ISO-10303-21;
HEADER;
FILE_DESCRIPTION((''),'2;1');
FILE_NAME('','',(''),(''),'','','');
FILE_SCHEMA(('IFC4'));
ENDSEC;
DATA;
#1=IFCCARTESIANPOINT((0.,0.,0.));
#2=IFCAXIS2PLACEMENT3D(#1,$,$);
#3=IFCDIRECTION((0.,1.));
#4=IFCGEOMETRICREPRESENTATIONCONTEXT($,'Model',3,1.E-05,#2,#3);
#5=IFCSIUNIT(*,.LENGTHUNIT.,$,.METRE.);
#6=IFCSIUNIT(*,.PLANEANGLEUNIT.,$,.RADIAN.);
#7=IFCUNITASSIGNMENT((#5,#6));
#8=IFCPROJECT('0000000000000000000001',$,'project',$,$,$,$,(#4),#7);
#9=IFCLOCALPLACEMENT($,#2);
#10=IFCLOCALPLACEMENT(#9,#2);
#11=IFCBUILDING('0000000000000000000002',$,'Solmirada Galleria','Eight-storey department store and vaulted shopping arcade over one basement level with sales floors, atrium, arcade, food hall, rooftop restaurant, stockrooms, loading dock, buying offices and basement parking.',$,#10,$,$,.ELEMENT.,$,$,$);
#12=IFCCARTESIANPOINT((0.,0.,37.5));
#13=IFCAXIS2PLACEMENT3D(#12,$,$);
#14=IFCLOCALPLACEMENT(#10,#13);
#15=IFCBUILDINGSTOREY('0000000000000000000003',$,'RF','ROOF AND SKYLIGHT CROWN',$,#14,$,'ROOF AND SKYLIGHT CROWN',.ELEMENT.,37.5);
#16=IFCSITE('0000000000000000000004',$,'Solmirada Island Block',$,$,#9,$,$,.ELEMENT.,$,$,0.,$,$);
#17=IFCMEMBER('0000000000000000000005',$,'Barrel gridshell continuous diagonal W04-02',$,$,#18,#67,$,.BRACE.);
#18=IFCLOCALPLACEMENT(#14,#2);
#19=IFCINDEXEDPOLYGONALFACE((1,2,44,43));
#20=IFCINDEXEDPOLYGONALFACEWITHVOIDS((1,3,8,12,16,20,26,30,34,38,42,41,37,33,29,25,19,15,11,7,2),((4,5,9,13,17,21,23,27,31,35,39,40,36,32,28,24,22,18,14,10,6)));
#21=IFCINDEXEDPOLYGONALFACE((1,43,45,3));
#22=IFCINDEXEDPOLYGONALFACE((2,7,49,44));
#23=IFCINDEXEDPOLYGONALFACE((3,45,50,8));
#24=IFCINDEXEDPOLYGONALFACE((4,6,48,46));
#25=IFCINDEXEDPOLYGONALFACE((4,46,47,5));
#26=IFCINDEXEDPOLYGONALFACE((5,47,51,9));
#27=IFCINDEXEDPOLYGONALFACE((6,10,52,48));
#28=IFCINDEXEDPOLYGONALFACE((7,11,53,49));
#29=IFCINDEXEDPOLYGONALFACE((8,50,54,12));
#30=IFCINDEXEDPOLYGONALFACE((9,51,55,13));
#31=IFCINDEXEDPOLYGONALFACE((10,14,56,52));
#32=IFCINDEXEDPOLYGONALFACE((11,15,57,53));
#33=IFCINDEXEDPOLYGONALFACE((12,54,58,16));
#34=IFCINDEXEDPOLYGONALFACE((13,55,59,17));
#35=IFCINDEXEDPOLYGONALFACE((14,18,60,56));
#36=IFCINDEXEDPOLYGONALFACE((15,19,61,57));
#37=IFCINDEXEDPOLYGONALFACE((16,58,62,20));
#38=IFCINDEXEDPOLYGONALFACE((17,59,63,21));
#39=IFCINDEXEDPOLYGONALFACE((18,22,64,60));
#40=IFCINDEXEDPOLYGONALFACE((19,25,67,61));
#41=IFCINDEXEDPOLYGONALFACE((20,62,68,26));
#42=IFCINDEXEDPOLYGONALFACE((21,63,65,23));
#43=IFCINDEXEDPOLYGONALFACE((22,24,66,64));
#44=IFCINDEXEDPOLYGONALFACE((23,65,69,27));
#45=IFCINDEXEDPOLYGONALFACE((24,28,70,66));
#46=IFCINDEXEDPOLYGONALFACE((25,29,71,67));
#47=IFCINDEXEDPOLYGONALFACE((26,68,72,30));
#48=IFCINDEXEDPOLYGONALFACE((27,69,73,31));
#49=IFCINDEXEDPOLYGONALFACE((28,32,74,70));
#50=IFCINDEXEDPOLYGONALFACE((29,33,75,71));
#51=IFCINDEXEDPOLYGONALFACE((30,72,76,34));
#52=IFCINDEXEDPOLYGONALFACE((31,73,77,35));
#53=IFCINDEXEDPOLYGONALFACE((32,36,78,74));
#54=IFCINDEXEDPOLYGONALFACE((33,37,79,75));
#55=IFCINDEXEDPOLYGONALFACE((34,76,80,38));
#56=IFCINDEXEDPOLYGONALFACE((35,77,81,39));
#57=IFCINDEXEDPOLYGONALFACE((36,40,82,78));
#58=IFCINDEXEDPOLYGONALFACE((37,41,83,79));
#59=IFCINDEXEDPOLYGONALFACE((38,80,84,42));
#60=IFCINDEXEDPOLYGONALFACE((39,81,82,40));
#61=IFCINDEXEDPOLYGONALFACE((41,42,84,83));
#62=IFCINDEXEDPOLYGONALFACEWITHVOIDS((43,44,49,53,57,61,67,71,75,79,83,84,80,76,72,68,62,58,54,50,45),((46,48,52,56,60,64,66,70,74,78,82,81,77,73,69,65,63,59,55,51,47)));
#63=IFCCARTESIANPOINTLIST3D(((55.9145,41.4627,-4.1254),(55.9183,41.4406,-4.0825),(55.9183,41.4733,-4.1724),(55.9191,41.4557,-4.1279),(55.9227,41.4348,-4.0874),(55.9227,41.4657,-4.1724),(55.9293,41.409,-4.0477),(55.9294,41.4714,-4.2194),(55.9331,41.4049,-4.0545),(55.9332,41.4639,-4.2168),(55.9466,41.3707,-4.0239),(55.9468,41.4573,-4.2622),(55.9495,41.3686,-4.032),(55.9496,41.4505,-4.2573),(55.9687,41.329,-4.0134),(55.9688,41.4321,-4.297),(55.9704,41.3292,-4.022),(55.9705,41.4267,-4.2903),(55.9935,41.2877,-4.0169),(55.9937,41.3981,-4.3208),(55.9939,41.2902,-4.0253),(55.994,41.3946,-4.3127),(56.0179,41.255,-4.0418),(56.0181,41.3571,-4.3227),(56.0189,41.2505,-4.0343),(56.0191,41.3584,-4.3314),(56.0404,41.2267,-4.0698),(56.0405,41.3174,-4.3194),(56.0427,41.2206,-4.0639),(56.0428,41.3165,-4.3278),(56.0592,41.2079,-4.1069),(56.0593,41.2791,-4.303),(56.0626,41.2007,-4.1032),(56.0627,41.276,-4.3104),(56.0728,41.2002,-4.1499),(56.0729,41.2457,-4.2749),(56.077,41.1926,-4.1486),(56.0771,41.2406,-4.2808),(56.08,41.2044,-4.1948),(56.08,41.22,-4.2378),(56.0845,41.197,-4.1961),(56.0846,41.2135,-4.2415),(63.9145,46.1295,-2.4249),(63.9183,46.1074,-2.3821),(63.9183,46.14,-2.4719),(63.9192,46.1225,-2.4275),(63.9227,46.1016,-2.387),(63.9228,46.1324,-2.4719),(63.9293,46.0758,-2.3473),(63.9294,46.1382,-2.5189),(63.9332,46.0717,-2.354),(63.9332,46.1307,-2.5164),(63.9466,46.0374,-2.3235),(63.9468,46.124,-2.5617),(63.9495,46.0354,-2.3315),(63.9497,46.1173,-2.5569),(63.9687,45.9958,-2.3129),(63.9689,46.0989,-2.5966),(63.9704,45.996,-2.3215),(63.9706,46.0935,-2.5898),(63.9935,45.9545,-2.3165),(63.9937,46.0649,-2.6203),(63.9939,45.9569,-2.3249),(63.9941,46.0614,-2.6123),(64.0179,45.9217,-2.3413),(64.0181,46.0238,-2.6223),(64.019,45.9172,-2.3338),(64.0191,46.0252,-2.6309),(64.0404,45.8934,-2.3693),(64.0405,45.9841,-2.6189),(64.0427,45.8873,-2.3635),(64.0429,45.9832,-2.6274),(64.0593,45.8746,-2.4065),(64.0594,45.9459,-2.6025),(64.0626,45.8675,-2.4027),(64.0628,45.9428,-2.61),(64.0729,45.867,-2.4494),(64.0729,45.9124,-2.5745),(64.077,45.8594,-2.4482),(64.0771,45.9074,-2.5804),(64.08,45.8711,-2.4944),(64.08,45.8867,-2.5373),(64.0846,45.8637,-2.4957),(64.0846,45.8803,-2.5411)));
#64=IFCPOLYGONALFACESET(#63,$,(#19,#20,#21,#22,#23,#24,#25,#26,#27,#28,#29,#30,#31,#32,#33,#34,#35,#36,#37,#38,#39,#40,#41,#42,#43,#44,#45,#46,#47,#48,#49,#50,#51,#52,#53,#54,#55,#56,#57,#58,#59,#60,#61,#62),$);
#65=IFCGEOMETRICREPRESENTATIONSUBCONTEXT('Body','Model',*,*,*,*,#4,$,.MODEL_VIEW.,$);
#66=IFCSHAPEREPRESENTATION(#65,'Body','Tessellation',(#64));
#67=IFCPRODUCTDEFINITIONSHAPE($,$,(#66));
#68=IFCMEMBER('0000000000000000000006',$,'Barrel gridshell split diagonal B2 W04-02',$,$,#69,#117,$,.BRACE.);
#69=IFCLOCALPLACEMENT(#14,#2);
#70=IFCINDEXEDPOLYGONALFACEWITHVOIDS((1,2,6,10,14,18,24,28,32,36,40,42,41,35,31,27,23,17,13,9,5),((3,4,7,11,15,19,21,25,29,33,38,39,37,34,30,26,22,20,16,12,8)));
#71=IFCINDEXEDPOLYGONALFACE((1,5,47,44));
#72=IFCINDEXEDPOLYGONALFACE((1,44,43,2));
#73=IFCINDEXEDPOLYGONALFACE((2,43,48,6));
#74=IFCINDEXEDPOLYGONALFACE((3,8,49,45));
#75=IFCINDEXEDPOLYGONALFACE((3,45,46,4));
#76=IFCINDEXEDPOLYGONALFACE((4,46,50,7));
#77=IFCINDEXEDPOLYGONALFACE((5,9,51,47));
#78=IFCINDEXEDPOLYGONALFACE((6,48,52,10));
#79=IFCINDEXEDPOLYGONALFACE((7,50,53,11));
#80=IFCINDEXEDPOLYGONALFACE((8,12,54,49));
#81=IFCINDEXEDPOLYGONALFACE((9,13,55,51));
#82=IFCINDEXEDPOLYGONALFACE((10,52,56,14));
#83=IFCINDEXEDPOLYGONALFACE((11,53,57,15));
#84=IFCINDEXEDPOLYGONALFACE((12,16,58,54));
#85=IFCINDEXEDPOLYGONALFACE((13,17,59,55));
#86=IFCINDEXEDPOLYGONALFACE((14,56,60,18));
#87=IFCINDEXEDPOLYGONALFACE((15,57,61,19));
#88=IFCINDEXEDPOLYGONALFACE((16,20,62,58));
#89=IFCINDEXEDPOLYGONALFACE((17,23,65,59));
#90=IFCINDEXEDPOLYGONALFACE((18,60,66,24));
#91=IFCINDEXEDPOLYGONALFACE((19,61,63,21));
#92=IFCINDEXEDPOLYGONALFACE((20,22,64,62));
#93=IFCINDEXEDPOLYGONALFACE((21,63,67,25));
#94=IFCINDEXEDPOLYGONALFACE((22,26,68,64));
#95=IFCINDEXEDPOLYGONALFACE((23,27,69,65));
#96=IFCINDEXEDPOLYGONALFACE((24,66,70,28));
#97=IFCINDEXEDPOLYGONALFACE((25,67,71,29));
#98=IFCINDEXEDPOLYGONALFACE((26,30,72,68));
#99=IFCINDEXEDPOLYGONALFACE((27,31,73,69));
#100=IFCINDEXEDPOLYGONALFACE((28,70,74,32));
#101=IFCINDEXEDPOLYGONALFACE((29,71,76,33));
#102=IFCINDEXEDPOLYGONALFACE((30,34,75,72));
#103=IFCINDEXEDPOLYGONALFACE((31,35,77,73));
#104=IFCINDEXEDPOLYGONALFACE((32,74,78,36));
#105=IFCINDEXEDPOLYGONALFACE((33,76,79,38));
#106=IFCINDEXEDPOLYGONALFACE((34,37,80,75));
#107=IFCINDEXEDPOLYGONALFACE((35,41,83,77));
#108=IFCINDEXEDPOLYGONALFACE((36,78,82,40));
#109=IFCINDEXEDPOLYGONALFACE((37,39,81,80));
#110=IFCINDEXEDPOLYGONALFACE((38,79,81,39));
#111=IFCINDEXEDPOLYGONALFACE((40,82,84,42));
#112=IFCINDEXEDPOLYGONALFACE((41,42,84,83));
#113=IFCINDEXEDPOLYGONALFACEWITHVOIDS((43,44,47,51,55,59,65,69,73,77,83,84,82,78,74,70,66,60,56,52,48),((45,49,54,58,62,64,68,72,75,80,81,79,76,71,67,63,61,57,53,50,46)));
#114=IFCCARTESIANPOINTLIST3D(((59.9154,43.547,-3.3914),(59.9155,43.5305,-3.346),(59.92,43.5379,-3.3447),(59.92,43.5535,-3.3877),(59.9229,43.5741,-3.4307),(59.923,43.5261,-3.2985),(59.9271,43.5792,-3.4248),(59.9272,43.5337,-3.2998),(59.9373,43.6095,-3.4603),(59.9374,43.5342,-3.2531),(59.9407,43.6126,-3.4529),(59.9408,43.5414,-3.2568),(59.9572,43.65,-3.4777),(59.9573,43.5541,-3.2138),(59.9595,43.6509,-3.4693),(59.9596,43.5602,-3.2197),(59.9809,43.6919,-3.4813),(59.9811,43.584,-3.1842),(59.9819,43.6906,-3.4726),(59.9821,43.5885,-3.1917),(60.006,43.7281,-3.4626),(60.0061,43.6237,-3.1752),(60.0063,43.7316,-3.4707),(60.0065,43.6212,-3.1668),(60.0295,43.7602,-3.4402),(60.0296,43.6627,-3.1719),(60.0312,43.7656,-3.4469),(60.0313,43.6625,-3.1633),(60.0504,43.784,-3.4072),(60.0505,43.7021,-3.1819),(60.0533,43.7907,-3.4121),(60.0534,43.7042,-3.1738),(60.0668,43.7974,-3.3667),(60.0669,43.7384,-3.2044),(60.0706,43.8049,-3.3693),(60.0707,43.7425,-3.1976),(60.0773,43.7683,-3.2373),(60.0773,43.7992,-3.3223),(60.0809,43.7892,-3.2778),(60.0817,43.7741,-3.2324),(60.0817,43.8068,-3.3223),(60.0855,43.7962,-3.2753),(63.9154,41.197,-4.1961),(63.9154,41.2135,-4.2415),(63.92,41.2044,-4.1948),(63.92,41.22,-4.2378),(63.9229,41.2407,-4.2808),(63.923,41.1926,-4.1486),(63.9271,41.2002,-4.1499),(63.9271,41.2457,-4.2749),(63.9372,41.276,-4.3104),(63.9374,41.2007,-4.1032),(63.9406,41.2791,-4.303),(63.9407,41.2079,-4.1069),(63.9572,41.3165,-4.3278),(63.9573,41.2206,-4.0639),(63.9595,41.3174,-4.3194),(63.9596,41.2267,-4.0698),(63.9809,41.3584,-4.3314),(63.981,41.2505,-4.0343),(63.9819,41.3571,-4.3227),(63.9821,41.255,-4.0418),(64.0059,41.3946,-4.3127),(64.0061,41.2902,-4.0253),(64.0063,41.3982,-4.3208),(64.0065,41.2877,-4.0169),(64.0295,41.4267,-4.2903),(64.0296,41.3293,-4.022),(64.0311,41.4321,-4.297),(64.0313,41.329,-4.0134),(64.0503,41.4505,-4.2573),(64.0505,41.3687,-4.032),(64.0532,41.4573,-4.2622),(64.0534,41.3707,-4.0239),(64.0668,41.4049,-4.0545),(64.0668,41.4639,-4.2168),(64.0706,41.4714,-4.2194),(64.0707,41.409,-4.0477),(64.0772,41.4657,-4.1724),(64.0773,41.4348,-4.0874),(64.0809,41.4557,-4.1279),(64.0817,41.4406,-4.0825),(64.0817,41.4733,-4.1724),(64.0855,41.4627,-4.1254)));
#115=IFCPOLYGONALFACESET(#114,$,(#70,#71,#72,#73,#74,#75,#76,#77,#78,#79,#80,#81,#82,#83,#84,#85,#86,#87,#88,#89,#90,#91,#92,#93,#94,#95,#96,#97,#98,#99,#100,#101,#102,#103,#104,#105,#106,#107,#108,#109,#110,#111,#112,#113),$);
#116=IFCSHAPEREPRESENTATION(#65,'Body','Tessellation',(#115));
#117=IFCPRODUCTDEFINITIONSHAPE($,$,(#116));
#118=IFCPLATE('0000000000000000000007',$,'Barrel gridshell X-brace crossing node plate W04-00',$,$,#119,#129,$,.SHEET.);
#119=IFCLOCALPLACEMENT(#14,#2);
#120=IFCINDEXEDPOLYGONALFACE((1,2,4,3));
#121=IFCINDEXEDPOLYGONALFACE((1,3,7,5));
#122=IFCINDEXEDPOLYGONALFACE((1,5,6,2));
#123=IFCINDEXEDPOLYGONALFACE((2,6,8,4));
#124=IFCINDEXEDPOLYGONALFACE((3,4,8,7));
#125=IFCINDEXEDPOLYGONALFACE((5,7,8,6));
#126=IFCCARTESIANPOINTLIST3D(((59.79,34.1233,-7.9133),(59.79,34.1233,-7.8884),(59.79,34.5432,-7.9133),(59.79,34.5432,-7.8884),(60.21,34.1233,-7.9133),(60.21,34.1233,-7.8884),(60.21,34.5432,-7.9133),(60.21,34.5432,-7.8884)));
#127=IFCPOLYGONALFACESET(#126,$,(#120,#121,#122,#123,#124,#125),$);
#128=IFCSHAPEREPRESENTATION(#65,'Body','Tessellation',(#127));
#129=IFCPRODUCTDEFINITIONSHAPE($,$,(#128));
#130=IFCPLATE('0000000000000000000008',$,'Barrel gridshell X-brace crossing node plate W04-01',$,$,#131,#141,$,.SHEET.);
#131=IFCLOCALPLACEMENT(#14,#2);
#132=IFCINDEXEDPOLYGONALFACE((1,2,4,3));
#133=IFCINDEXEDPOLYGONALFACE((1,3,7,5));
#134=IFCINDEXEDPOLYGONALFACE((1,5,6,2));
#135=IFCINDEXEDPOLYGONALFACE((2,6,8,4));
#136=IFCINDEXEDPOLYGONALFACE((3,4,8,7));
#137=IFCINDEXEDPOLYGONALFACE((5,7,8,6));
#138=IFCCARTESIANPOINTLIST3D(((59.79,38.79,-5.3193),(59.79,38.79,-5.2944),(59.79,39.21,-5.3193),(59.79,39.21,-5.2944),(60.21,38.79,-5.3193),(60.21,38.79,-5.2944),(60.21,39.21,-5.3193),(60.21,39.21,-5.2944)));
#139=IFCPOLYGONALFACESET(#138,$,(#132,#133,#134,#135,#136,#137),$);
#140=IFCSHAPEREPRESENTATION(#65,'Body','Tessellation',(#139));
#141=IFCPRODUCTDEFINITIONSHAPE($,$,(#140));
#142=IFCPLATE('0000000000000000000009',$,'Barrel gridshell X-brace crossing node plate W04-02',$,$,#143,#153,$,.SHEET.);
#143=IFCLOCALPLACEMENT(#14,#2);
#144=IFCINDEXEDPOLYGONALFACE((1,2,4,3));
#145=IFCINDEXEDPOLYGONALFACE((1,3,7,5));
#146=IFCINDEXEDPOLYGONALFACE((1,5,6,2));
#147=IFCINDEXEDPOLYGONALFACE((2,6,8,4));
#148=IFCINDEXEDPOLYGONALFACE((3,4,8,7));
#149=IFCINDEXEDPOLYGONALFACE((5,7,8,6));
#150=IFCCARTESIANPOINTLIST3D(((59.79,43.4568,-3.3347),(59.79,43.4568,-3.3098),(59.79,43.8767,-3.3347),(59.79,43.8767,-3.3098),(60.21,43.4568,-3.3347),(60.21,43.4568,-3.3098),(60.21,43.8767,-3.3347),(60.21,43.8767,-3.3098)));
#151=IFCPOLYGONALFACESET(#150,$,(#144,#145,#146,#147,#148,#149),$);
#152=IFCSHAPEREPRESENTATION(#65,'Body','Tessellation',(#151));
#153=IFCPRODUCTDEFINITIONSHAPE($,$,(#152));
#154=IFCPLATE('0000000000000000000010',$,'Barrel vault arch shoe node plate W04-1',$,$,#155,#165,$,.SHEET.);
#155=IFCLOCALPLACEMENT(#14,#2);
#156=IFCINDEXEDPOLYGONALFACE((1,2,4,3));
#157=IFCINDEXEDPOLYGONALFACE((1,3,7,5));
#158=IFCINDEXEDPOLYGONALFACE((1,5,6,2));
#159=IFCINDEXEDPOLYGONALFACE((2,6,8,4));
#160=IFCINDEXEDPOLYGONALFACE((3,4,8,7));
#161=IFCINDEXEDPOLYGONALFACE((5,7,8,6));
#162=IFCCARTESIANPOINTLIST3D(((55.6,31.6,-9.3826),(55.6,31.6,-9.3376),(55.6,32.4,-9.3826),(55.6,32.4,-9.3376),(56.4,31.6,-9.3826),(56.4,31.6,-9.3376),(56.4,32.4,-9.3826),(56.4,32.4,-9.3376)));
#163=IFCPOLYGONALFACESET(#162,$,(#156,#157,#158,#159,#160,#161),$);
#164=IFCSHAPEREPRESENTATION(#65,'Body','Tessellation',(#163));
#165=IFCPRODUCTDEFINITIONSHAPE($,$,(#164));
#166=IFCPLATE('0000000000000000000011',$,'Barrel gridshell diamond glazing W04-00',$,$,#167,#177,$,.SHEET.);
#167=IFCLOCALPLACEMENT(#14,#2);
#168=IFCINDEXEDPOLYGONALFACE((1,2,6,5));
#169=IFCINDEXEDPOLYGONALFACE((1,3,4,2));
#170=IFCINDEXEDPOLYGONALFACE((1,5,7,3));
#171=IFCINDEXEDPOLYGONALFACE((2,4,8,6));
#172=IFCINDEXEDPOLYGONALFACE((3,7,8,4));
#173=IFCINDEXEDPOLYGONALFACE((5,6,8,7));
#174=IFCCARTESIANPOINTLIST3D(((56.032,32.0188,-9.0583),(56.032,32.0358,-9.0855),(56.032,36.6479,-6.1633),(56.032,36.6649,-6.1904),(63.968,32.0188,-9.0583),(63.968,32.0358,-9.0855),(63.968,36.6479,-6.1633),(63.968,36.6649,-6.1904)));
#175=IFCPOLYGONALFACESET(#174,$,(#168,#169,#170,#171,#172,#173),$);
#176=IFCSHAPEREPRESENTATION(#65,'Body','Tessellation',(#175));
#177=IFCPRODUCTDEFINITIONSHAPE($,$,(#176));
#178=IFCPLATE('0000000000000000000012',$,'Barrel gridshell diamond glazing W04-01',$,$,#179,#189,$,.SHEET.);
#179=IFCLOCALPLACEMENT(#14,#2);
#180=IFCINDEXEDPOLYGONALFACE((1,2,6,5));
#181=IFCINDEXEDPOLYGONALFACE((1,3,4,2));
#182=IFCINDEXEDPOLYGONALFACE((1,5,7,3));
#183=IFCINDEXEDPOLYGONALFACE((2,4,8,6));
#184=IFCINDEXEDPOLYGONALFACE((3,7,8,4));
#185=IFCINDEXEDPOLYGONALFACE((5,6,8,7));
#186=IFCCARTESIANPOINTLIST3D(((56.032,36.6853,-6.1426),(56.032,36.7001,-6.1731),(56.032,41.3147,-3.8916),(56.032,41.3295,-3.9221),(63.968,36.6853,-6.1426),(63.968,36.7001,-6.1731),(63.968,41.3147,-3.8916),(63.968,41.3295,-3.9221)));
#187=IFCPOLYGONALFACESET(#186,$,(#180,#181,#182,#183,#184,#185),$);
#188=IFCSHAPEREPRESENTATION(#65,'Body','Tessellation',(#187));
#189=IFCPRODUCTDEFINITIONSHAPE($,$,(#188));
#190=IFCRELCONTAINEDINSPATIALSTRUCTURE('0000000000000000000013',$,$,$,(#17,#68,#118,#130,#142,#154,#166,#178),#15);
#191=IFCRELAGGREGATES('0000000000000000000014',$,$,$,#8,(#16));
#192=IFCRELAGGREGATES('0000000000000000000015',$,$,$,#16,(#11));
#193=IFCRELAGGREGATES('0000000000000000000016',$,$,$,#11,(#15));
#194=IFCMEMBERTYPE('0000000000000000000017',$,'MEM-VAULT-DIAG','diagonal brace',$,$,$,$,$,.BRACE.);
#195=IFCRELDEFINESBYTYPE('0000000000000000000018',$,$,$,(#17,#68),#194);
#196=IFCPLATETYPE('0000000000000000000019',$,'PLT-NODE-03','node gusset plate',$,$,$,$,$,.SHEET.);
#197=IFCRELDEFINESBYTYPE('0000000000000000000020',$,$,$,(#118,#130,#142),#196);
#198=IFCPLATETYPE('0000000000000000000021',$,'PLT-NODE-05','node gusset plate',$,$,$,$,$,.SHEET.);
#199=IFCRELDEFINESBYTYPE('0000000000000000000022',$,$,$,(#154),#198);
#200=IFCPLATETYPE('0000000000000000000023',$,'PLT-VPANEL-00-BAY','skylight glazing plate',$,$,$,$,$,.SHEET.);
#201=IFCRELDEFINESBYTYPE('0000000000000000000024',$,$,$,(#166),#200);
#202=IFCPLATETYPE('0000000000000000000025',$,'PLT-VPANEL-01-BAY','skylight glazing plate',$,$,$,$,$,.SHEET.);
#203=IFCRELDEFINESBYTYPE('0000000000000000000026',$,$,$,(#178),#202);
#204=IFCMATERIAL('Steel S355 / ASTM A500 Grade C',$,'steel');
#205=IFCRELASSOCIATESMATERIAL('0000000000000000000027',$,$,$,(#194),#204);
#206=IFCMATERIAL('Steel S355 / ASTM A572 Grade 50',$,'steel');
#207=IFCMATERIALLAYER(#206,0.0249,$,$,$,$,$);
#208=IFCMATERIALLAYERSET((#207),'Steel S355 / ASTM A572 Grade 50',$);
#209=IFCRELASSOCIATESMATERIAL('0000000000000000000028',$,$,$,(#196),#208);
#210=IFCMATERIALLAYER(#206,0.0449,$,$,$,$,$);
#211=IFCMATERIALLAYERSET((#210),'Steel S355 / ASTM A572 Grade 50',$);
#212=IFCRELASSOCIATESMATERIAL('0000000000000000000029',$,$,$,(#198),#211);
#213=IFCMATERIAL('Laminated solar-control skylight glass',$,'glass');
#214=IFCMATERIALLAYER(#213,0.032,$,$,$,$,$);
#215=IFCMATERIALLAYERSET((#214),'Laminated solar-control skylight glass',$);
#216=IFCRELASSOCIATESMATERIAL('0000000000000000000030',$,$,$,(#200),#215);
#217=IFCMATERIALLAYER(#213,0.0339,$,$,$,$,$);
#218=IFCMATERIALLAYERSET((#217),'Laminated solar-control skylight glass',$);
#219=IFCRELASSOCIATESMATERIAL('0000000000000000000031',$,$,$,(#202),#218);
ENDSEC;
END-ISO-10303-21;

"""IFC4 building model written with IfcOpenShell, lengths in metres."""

from ifc_helpers import new_model, si_unit, direction, frame, origin, origin_2d, place, context, subcontext, project, spatial, polyline, rectangle, hollow_circle, outline, extrude, material, layer, layer_set, material_profile, profile_set, type_object, element, save


model = new_model("IFC4")

# Units and contexts
model_context = context("Model", 3, precision=1e-05, world=origin(), true_north=direction((0.0, 1.0)))
body_context = subcontext(model_context, "Body", "Model", "MODEL_VIEW")
ifc_project = project(units=[si_unit("LENGTHUNIT", "METRE"), si_unit("PLANEANGLEUNIT", "RADIAN")], contexts=[model_context])

# Site, building, storey
site_placement = place(None, origin())
site = spatial("IfcSite", under=ifc_project, at=site_placement, Name="Solmirada Island Block", CompositionType="ELEMENT", RefElevation=0.0)
building_placement = place(site_placement, origin())
building = spatial("IfcBuilding", under=site, at=building_placement, Name="Solmirada Galleria", Description="Eight-storey department store and vaulted shopping arcade over one basement level with sales floors, atrium, arcade, food hall, rooftop restaurant, stockrooms, loading dock, buying offices and basement parking.", CompositionType="ELEMENT")
storey_placement = place(building_placement, frame((0.0, 0.0, 37.5)))
storey = spatial("IfcBuildingStorey", under=building, at=storey_placement, Name="RF", Description="ROOF AND SKYLIGHT CROWN", LongName="ROOF AND SKYLIGHT CROWN", CompositionType="ELEMENT", Elevation=37.5)

# Members
ifc_material_1 = material(Name="Steel S355 / ASTM A500 Grade C", Category="steel")
ifc_material_profile_1 = material_profile(ifc_material_1, hollow_circle(Radius=0.1621, WallThickness=0.0088, at=origin_2d()), Name="HSS12.750X0.375")
ifc_profile_set_1 = profile_set([ifc_material_profile_1], Name="Steel S355 / ASTM A500 Grade C")
member_type_1 = type_object("IfcMemberType", Name="MEM-VAULT-DIAG", Description="diagonal brace", PredefinedType="BRACE", material=ifc_profile_set_1)
member_1_placement = place(storey_placement, frame((56.0, 41.3333, -4.1724), z_axis=(0.849575, 0.495594, 0.180581), x_axis=(-0.503878, 0.863775, 0.0)))
element("IfcMember", 1, at=member_1_placement, inside=storey, type_object=member_type_1, Name="Barrel gridshell continuous diagonal W04-02", PredefinedType="BRACE", context=body_context, shape_type="SweptSolid", body=[
    extrude(hollow_circle(Radius=0.1621, WallThickness=0.0088, at=origin_2d()), origin(), (0.0, 0.0, 1.0), 9.4165),
])
member_2_placement = place(storey_placement, frame((60.0, 43.6667, -3.3223), z_axis=(0.849568, -0.495616, -0.180554), x_axis=(0.503897, 0.863764, 0.0)))
element("IfcMember", 2, at=member_2_placement, inside=storey, type_object=member_type_1, Name="Barrel gridshell split diagonal B2 W04-02", PredefinedType="BRACE", context=body_context, shape_type="SweptSolid", body=[
    extrude(hollow_circle(Radius=0.1621, WallThickness=0.0088, at=origin_2d()), origin(), (0.0, 0.0, 1.0), 4.7083),
])

# Plates
ifc_material_2 = material(Name="Steel S355 / ASTM A572 Grade 50", Category="steel")
ifc_layer_1 = layer(ifc_material_2, 0.0249)
ifc_layer_set_1 = layer_set([ifc_layer_1], Name="Steel S355 / ASTM A572 Grade 50")
plate_type_1 = type_object("IfcPlateType", Name="PLT-NODE-03", Description="node gusset plate", PredefinedType="SHEET", material=ifc_layer_set_1)
for number, where, z_axis, x_axis, name in (
    (3, (60.0, 34.3333, -7.9133), (0.0, 0.0, 1.0), (1.0, 0.0, 0.0), "Barrel gridshell X-brace crossing node plate W04-00"),
    (4, (60.0, 39.0, -5.3193), (0.0, 0.0, 1.0), (1.0, 0.0, 0.0), "Barrel gridshell X-brace crossing node plate W04-01"),
    (5, (60.0, 43.6667, -3.3347), (0.0, 0.0, 1.0), (1.0, 0.0, 0.0), "Barrel gridshell X-brace crossing node plate W04-02"),
):
    element("IfcPlate", number, at=place(storey_placement, frame(where, z_axis=z_axis, x_axis=x_axis)), inside=storey, type_object=plate_type_1, Name=name, PredefinedType="SHEET", context=body_context, shape_type="SweptSolid", body=[
        extrude(rectangle(XDim=0.4199, YDim=0.4199, at=origin_2d()), origin(), (0.0, 0.0, 1.0), 0.0249),
    ])
ifc_layer_2 = layer(ifc_material_2, 0.0449)
ifc_layer_set_2 = layer_set([ifc_layer_2], Name="Steel S355 / ASTM A572 Grade 50")
plate_type_2 = type_object("IfcPlateType", Name="PLT-NODE-05", Description="node gusset plate", PredefinedType="SHEET", material=ifc_layer_set_2)
plate_1_placement = place(storey_placement, frame((56.0, 32.0, -9.3826), z_axis=(0.0, 0.0, 1.0), x_axis=(1.0, 0.0, 0.0)))
element("IfcPlate", 6, at=plate_1_placement, inside=storey, type_object=plate_type_2, Name="Barrel vault arch shoe node plate W04-1", PredefinedType="SHEET", context=body_context, shape_type="SweptSolid", body=[
    extrude(rectangle(XDim=0.8, YDim=0.8, at=origin_2d()), origin(), (0.0, 0.0, 1.0), 0.0449),
])
ifc_material_3 = material(Name="Laminated solar-control skylight glass", Category="glass")
ifc_layer_3 = layer(ifc_material_3, 0.032)
ifc_layer_set_3 = layer_set([ifc_layer_3], Name="Laminated solar-control skylight glass")
plate_type_3 = type_object("IfcPlateType", Name="PLT-VPANEL-00-BAY", Description="skylight glazing plate", PredefinedType="SHEET", material=ifc_layer_set_3)
plate_2_placement = place(storey_placement, frame((56.032, 32.0188, -9.0583), z_axis=(0.0, -0.530236, 0.84785), x_axis=(1.0, 0.0, 0.0)))
element("IfcPlate", 7, at=plate_2_placement, inside=storey, type_object=plate_type_3, Name="Barrel gridshell diamond glazing W04-00", PredefinedType="SHEET", context=body_context, shape_type="SweptSolid", body=[
    extrude(outline(polyline([(0.0, 0.0), (7.936, 0.0), (7.936, 5.4599), (0.0, 5.4599), (0.0, 0.0)])), origin(), (0.0, 0.0, -1.0), 0.032),
])
ifc_layer_4 = layer(ifc_material_3, 0.0339)
ifc_layer_set_4 = layer_set([ifc_layer_4], Name="Laminated solar-control skylight glass")
plate_type_4 = type_object("IfcPlateType", Name="PLT-VPANEL-01-BAY", Description="skylight glazing plate", PredefinedType="SHEET", material=ifc_layer_set_4)
plate_3_placement = place(storey_placement, frame((56.032, 36.6853, -6.1426), z_axis=(0.0, -0.437283, 0.899324), x_axis=(1.0, 0.0, 0.0)))
element("IfcPlate", 8, at=plate_3_placement, inside=storey, type_object=plate_type_4, Name="Barrel gridshell diamond glazing W04-01", PredefinedType="SHEET", context=body_context, shape_type="SweptSolid", body=[
    extrude(outline(polyline([(0.0, 0.0), (7.936, 0.0), (7.936, 5.1476), (0.0, 5.1476), (0.0, 0.0)])), origin(), (0.0, 0.0, -1.0), 0.0339),
])

save(model, "model.ifc")
